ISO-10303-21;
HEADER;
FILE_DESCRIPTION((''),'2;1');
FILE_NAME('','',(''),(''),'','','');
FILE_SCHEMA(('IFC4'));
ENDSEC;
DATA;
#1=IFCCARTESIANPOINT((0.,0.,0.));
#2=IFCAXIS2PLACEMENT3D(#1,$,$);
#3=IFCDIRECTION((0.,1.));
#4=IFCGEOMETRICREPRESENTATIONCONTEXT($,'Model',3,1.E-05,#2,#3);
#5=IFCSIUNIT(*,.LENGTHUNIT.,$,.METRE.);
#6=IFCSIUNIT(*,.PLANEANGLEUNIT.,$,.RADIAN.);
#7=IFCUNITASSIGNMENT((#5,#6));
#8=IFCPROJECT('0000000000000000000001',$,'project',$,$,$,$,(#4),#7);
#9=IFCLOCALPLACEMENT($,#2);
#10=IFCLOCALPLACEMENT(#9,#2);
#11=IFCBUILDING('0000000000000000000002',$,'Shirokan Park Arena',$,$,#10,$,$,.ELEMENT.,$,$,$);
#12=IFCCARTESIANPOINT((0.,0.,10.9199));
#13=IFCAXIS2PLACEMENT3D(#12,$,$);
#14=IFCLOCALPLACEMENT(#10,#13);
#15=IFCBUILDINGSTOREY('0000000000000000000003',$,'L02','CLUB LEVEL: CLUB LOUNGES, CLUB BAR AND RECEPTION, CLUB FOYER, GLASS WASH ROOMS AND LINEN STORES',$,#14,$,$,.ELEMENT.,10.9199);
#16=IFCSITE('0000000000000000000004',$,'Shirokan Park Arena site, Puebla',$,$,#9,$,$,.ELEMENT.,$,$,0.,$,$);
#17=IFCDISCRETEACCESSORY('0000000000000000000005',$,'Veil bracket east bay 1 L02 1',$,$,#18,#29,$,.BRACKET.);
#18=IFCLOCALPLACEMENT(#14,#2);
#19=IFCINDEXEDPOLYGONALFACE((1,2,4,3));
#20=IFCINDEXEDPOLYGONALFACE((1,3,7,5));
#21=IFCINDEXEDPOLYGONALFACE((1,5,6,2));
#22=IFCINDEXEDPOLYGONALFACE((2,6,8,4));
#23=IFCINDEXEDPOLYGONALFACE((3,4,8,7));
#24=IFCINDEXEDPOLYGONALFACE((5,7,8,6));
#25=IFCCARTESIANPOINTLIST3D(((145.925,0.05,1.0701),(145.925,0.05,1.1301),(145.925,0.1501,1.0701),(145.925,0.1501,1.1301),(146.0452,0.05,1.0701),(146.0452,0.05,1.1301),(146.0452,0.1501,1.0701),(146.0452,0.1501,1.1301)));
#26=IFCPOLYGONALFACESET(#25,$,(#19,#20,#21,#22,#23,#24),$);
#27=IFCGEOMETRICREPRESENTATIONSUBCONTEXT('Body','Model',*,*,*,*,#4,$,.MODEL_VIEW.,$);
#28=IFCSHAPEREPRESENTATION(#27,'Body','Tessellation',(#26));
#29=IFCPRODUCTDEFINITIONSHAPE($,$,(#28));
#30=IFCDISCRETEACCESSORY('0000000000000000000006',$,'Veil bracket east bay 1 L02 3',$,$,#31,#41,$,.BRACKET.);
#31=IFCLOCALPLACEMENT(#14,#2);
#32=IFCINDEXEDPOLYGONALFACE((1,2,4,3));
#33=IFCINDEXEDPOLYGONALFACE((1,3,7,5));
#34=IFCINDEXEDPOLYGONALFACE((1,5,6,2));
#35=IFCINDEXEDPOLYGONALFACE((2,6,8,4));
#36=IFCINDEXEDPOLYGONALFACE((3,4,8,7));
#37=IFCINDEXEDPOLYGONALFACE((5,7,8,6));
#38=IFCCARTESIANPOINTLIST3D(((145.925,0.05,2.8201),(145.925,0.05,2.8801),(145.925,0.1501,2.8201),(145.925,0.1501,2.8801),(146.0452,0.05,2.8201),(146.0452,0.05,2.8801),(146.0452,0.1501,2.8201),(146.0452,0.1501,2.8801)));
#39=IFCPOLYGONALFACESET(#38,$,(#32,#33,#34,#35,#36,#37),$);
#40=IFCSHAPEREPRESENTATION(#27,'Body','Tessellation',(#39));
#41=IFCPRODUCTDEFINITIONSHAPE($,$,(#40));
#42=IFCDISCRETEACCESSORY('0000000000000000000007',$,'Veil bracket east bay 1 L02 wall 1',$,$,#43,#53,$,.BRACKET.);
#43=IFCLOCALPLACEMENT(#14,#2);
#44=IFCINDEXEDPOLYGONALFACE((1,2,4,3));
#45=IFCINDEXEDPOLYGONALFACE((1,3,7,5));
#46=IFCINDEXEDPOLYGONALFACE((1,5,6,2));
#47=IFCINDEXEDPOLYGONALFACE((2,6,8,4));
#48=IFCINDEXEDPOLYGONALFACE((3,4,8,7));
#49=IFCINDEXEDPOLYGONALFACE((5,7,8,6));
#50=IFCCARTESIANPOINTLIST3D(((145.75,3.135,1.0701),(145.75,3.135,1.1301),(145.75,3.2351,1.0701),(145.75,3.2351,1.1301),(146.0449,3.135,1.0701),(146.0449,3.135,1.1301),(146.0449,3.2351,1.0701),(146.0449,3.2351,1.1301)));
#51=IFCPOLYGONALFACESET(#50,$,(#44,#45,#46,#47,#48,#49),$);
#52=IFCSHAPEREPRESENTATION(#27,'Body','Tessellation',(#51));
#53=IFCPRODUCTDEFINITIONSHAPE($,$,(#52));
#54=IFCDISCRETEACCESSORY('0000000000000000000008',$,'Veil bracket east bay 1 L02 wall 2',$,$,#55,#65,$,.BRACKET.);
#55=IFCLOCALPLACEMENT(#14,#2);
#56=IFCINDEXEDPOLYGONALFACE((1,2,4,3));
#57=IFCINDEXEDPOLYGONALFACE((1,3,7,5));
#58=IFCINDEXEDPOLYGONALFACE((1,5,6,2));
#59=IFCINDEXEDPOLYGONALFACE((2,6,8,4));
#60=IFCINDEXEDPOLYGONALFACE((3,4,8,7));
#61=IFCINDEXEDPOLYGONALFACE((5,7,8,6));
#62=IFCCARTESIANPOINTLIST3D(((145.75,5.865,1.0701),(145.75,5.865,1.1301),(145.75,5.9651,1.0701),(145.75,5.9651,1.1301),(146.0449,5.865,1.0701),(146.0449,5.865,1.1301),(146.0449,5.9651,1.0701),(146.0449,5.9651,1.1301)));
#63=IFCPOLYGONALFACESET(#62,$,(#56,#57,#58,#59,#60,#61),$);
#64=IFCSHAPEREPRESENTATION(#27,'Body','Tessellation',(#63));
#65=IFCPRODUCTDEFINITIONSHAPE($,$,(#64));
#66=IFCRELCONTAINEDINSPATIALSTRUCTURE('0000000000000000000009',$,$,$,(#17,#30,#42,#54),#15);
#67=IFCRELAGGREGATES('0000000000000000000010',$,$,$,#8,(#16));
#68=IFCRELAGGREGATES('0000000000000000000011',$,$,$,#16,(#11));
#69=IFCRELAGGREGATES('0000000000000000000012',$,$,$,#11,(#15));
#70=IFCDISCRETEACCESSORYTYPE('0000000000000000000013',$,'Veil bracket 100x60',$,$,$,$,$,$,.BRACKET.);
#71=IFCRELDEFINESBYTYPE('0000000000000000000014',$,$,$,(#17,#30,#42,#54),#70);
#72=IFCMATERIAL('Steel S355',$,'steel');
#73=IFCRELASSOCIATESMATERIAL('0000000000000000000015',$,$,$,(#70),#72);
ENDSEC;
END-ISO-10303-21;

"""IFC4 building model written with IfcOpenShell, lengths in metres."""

from ifc_helpers import new_model, si_unit, direction, frame, origin, origin_2d, place, context, subcontext, project, spatial, rectangle, extrude, material, type_object, element, save


model = new_model("IFC4")

# Units and contexts
model_context = context("Model", 3, precision=1e-05, world=origin(), true_north=direction((0.0, 1.0)))
body_context = subcontext(model_context, "Body", "Model", "MODEL_VIEW")
ifc_project = project(units=[si_unit("LENGTHUNIT", "METRE"), si_unit("PLANEANGLEUNIT", "RADIAN")], contexts=[model_context])

# Site, building, storey
site_placement = place(None, origin())
site = spatial("IfcSite", under=ifc_project, at=site_placement, Name="Shirokan Park Arena site, Puebla", CompositionType="ELEMENT", RefElevation=0.0)
building_placement = place(site_placement, origin())
building = spatial("IfcBuilding", under=site, at=building_placement, Name="Shirokan Park Arena", CompositionType="ELEMENT")
storey_placement = place(building_placement, frame((0.0, 0.0, 10.9199)))
storey = spatial("IfcBuildingStorey", under=building, at=storey_placement, Name="L02", Description="CLUB LEVEL: CLUB LOUNGES, CLUB BAR AND RECEPTION, CLUB FOYER, GLASS WASH ROOMS AND LINEN STORES", CompositionType="ELEMENT", Elevation=10.9199)

# Discrete accessories
ifc_material_1 = material(Name="Steel S355", Category="steel")
discrete_accessory_type = type_object("IfcDiscreteAccessoryType", Name="Veil bracket 100x60", PredefinedType="BRACKET", material=ifc_material_1)
for number, where, z_axis, x_axis, name in (
    (1, (145.9851, 0.1001, 1.0701), (0.0, 0.0, 1.0), (0.0, 1.0, 0.0), "Veil bracket east bay 1 L02 1"),
    (2, (145.9851, 0.1001, 2.8201), (0.0, 0.0, 1.0), (0.0, 1.0, 0.0), "Veil bracket east bay 1 L02 3"),
):
    element("IfcDiscreteAccessory", number, at=place(storey_placement, frame(where, z_axis=z_axis, x_axis=x_axis)), inside=storey, type_object=discrete_accessory_type, Name=name, PredefinedType="BRACKET", context=body_context, shape_type="SweptSolid", body=[
        extrude(rectangle(XDim=0.1001, YDim=0.1201, at=origin_2d()), origin(), (0.0, 0.0, 1.0), 0.0601),
    ])
for number, where, z_axis, x_axis, name in (
    (3, (145.8975, 3.1851, 1.0701), (0.0, 0.0, 1.0), (0.0, 1.0, 0.0), "Veil bracket east bay 1 L02 wall 1"),
    (4, (145.8975, 5.915, 1.0701), (0.0, 0.0, 1.0), (0.0, 1.0, 0.0), "Veil bracket east bay 1 L02 wall 2"),
):
    element("IfcDiscreteAccessory", number, at=place(storey_placement, frame(where, z_axis=z_axis, x_axis=x_axis)), inside=storey, type_object=discrete_accessory_type, Name=name, PredefinedType="BRACKET", context=body_context, shape_type="SweptSolid", body=[
        extrude(rectangle(XDim=0.1001, YDim=0.2949, at=origin_2d()), origin(), (0.0, 0.0, 1.0), 0.0601),
    ])

save(model, "model.ifc")
